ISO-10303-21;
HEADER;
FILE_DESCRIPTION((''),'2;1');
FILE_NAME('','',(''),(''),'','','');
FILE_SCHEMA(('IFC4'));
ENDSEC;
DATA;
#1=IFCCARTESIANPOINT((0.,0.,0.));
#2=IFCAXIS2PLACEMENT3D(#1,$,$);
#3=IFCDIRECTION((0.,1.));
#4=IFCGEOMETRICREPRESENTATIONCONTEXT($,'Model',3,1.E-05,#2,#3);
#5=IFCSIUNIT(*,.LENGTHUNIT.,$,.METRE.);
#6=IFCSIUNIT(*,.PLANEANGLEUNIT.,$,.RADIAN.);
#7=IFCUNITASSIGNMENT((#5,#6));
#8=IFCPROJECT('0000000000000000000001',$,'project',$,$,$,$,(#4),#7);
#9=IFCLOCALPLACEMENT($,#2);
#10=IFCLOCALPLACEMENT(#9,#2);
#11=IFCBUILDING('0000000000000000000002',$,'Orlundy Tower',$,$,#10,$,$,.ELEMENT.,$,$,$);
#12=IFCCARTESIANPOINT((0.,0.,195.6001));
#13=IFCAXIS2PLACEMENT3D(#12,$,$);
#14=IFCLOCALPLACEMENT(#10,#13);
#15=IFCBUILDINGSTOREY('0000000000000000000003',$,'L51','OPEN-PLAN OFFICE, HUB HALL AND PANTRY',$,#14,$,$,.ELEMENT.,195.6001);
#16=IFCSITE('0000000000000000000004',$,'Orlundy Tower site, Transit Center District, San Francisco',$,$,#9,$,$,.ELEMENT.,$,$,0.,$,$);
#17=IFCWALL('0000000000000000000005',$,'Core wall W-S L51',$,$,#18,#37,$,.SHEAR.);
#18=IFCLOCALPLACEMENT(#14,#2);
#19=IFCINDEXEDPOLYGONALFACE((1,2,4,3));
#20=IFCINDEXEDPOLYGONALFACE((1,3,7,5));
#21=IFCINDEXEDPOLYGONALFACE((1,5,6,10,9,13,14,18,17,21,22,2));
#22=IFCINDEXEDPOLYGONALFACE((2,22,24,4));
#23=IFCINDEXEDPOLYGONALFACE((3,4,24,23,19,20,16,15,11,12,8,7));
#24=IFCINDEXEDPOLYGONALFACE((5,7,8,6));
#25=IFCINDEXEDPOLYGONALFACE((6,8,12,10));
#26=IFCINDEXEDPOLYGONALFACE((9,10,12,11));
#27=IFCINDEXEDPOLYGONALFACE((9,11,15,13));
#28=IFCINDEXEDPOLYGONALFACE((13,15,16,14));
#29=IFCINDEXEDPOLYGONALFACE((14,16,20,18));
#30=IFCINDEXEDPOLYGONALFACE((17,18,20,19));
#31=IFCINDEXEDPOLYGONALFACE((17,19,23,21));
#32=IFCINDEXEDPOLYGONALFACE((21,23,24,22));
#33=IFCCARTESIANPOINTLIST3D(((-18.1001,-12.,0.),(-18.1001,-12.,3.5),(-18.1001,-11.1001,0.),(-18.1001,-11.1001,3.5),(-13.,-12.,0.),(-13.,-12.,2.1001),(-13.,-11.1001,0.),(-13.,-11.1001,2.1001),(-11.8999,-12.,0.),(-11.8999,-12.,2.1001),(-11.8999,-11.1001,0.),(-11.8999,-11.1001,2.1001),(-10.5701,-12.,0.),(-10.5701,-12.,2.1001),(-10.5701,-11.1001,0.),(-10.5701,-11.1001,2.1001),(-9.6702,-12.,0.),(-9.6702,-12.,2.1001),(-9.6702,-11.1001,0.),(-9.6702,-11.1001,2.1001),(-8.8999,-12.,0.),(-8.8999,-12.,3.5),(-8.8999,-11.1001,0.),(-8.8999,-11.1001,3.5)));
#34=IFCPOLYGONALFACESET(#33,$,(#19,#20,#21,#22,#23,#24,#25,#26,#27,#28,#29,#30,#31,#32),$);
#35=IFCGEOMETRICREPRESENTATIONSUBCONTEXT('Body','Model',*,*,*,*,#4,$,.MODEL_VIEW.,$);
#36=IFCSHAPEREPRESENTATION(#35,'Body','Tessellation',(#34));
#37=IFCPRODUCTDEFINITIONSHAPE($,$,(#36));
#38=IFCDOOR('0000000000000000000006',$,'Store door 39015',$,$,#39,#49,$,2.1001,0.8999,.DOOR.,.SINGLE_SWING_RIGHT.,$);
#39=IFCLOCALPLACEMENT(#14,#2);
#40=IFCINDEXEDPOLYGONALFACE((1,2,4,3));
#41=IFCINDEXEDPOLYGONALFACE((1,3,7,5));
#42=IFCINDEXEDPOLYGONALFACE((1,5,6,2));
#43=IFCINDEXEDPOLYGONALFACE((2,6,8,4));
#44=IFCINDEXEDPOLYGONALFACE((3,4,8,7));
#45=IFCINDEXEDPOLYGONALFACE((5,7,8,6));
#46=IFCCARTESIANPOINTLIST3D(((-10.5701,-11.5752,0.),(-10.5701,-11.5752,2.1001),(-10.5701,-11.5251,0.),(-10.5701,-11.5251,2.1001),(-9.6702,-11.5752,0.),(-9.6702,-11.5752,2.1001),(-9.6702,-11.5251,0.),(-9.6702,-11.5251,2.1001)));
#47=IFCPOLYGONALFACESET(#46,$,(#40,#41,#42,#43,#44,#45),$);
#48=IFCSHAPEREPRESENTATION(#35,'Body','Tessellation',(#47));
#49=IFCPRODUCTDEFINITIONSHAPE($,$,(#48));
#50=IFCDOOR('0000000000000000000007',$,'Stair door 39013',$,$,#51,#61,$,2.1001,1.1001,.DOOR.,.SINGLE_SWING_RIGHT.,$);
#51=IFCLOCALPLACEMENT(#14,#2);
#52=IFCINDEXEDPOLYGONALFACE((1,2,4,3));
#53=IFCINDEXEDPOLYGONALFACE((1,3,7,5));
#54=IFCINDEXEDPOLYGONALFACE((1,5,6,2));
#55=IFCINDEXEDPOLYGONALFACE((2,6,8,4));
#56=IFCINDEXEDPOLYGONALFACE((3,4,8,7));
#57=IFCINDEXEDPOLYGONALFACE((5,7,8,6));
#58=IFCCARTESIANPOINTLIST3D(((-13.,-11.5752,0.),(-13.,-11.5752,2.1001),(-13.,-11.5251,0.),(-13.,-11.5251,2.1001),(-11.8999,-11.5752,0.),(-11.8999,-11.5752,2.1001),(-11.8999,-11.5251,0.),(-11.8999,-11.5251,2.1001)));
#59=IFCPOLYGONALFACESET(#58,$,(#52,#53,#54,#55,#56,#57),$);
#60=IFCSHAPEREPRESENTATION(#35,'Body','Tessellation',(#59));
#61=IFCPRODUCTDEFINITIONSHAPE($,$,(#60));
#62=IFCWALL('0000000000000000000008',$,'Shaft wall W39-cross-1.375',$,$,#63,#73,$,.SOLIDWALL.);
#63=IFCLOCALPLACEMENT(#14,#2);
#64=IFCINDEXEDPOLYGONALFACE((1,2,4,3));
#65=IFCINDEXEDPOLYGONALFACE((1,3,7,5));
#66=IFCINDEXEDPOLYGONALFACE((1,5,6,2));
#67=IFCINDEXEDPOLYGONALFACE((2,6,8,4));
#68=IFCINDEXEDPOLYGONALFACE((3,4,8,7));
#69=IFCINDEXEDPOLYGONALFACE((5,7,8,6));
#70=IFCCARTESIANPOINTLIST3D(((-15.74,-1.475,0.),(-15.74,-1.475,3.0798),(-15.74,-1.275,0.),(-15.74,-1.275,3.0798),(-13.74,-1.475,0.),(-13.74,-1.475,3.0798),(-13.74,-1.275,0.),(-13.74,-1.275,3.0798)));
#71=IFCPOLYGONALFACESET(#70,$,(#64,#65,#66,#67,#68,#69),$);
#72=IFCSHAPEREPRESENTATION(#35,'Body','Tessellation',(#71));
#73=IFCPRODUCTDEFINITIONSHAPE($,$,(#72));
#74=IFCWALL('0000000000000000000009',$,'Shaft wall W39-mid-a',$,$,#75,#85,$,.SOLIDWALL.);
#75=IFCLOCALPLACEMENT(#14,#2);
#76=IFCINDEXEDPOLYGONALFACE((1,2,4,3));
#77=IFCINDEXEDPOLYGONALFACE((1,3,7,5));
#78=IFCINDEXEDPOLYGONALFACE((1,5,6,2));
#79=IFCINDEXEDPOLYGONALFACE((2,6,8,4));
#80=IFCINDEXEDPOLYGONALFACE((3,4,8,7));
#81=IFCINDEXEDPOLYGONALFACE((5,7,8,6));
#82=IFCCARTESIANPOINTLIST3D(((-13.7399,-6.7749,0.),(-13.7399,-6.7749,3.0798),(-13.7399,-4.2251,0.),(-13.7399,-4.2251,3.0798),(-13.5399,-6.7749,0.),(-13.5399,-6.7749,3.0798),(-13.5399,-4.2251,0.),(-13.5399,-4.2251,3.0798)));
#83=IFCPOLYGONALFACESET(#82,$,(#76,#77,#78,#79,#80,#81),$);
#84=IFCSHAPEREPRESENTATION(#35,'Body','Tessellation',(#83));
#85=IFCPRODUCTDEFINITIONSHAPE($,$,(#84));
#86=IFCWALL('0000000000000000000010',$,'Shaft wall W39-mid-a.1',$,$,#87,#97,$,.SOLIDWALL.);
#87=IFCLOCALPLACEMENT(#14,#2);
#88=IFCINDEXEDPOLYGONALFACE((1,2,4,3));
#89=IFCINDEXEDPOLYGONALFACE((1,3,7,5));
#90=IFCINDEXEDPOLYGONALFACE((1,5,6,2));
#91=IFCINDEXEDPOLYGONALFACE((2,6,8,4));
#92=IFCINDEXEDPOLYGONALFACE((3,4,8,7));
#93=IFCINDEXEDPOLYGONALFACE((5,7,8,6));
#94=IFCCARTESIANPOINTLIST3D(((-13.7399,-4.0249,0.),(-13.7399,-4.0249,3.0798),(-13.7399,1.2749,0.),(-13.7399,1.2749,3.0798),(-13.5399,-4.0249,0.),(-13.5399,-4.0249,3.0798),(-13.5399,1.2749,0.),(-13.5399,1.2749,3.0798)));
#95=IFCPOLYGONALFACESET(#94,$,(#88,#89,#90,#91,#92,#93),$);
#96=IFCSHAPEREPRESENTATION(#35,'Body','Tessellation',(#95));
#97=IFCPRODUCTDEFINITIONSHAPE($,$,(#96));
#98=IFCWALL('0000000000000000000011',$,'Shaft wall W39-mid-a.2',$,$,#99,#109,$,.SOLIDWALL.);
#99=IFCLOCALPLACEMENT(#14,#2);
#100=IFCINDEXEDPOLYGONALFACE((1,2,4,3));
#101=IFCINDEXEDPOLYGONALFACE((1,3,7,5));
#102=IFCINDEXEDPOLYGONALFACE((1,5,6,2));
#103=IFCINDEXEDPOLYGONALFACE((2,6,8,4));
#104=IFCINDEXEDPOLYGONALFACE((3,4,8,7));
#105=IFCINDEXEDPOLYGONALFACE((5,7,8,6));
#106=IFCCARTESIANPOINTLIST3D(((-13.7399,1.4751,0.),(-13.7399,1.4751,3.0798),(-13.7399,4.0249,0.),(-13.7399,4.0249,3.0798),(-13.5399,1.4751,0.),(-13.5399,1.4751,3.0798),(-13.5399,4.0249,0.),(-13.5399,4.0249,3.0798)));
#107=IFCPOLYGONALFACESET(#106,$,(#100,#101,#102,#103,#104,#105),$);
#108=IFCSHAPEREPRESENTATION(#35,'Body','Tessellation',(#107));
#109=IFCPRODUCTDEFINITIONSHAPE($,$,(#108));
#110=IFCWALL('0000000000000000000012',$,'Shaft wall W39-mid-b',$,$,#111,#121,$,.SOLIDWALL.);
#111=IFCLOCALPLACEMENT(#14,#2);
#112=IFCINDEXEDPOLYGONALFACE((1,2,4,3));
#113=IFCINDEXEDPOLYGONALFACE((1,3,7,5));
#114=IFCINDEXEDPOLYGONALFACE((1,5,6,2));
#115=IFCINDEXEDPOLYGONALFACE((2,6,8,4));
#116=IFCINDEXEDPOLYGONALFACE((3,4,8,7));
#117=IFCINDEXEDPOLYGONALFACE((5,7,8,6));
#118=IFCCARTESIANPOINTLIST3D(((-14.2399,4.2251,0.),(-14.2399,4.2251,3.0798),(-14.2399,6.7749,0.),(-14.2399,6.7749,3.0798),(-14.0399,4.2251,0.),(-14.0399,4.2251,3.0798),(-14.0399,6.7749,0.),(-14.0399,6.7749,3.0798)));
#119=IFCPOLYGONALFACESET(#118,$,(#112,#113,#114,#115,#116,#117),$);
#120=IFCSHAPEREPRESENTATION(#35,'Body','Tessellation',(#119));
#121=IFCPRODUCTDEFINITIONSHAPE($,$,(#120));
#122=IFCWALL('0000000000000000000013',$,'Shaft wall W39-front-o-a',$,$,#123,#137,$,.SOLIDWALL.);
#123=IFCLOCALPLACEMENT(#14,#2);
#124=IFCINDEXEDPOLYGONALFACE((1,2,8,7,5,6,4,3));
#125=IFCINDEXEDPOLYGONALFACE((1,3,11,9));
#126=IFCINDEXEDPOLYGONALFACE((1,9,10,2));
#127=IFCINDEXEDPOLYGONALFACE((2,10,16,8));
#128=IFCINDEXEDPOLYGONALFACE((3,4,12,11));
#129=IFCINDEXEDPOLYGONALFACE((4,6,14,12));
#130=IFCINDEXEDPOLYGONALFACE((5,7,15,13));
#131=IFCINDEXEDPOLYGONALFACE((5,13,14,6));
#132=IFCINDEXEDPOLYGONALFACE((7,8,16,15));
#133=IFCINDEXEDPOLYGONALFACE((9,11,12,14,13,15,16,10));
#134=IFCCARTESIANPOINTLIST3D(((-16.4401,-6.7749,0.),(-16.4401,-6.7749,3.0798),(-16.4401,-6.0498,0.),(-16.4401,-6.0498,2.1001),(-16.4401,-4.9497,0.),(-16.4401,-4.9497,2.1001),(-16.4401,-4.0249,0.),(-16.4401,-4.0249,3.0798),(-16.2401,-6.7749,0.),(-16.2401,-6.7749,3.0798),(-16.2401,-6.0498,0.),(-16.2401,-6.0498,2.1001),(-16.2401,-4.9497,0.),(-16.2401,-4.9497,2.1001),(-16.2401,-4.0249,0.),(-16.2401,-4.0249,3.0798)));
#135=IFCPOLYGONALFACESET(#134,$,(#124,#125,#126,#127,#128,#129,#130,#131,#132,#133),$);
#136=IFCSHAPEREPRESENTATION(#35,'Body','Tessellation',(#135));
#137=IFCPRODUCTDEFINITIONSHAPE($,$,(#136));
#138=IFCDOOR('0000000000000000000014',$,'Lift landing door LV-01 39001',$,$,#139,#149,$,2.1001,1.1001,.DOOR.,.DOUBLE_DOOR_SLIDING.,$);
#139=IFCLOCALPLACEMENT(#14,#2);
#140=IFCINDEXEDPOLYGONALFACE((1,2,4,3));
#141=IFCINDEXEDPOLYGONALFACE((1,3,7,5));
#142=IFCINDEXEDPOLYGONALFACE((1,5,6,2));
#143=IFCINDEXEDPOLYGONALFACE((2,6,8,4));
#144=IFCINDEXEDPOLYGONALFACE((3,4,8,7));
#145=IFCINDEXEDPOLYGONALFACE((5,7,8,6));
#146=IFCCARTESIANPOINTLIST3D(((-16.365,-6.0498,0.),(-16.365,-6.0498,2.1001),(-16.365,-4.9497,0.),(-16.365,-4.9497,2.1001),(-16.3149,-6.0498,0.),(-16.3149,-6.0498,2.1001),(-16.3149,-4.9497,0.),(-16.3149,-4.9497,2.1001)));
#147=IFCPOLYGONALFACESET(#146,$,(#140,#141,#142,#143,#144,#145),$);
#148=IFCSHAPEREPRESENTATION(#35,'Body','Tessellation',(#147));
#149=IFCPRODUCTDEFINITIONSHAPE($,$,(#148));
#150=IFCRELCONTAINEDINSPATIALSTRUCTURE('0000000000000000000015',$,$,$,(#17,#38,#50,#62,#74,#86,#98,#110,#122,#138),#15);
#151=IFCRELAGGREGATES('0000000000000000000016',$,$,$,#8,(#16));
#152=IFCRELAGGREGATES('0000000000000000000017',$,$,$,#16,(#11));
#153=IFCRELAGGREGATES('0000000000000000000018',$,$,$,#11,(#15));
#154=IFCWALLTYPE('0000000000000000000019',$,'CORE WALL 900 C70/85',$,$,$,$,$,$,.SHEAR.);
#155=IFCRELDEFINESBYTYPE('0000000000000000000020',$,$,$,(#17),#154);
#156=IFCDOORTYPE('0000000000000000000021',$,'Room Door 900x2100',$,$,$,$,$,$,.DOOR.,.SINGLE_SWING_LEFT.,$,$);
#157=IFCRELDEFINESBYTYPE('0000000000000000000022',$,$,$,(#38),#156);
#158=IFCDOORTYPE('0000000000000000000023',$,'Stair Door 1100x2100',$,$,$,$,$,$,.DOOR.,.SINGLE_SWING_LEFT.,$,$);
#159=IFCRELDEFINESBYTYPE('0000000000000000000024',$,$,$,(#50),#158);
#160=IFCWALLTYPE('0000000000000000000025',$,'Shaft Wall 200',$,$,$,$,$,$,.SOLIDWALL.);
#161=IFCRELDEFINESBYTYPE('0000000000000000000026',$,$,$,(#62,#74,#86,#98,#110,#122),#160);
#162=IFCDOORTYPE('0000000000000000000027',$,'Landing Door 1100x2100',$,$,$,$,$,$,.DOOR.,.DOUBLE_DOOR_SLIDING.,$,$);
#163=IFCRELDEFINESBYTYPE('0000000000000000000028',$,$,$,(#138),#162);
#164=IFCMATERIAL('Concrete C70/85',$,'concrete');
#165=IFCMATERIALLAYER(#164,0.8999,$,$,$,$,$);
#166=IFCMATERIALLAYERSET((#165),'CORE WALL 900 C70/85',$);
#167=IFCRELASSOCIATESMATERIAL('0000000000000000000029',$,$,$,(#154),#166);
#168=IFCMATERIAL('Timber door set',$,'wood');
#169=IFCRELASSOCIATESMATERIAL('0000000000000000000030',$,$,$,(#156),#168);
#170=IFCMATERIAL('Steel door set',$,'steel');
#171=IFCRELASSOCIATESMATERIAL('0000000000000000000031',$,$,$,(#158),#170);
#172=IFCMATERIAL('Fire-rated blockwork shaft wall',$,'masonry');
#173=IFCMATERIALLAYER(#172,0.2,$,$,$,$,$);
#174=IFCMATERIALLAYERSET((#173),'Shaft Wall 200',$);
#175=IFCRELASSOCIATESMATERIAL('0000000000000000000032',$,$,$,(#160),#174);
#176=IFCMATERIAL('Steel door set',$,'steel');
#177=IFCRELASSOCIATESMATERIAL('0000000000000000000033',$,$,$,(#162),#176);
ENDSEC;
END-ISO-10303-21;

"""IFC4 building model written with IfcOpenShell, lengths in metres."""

from ifc_helpers import new_model, si_unit, direction, frame, frame_2d, origin, place, context, subcontext, project, spatial, rectangle, extrude, material, layer, layer_set, type_object, element, fill, save


model = new_model("IFC4")

# Units and contexts
model_context = context("Model", 3, precision=1e-05, world=origin(), true_north=direction((0.0, 1.0)))
body_context = subcontext(model_context, "Body", "Model", "MODEL_VIEW")
ifc_project = project(units=[si_unit("LENGTHUNIT", "METRE"), si_unit("PLANEANGLEUNIT", "RADIAN")], contexts=[model_context])

# Site, building, storey
site_placement = place(None, origin())
site = spatial("IfcSite", under=ifc_project, at=site_placement, Name="Orlundy Tower site, Transit Center District, San Francisco", CompositionType="ELEMENT", RefElevation=0.0)
building_placement = place(site_placement, origin())
building = spatial("IfcBuilding", under=site, at=building_placement, Name="Orlundy Tower", CompositionType="ELEMENT")
storey_placement = place(building_placement, frame((0.0, 0.0, 195.6001)))
storey = spatial("IfcBuildingStorey", under=building, at=storey_placement, Name="L51", Description="OPEN-PLAN OFFICE, HUB HALL AND PANTRY", CompositionType="ELEMENT", Elevation=195.6001)

# Wall, openings, doors
ifc_material_1 = material(Name="Concrete C70/85", Category="concrete")
ifc_layer_1 = layer(ifc_material_1, 0.8999)
ifc_layer_set_1 = layer_set([ifc_layer_1], Name="CORE WALL 900 C70/85")
wall_type_1 = type_object("IfcWallType", Name="CORE WALL 900 C70/85", PredefinedType="SHEAR", material=ifc_layer_set_1)
wall_1_placement = place(storey_placement, frame((-18.1001, -11.55, 0.0), z_axis=(0.0, 0.0, 1.0), x_axis=(1.0, 0.0, 0.0)))
wall_1 = element("IfcWall", 1, at=wall_1_placement, inside=storey, type_object=wall_type_1, Name="Core wall W-S L51", PredefinedType="SHEAR", context=body_context, shape_type="SweptSolid", body=[
    extrude(rectangle(XDim=9.2002, YDim=0.8999, at=frame_2d((4.6001, 0.0))), origin(), (0.0, 0.0, 1.0), 3.5),
])
opening_1_placement = place(wall_1_placement, frame((5.1001, 0.0, 0.0)))
opening_1 = element("IfcOpeningElement", 2, at=opening_1_placement, cuts=wall_1, PredefinedType="OPENING", context=body_context, shape_type="SweptSolid", body=[
    extrude(rectangle(XDim=1.1001, YDim=2.1001, at=frame_2d((0.55, 1.05))), frame((0.0, 0.46, 0.0), z_axis=(0.0, -1.0, 0.0), x_axis=(1.0, 0.0, 0.0)), (0.0, 0.0, 1.0), 0.9199),
])
opening_2_placement = place(wall_1_placement, frame((7.53, 0.0, 0.0)))
opening_2 = element("IfcOpeningElement", 3, at=opening_2_placement, cuts=wall_1, PredefinedType="OPENING", context=body_context, shape_type="SweptSolid", body=[
    extrude(rectangle(XDim=0.8999, YDim=2.1001, at=frame_2d((0.45, 1.05))), frame((0.0, 0.46, 0.0), z_axis=(0.0, -1.0, 0.0), x_axis=(1.0, 0.0, 0.0)), (0.0, 0.0, 1.0), 0.9199),
])
ifc_material_2 = material(Name="Timber door set", Category="wood")
door_type_1 = type_object("IfcDoorType", Name="Room Door 900x2100", OperationType="SINGLE_SWING_LEFT", PredefinedType="DOOR", material=ifc_material_2)
door_1_placement = place(opening_2_placement, origin())
door_1 = element("IfcDoor", 4, at=door_1_placement, inside=storey, type_object=door_type_1, Name="Store door 39015", OperationType="SINGLE_SWING_RIGHT", OverallHeight=2.1001, OverallWidth=0.8999, PredefinedType="DOOR", context=body_context, shape_type="SweptSolid", body=[
    extrude(rectangle(XDim=0.8999, YDim=2.1001, at=frame_2d((0.45, 1.05))), frame((0.0, 0.0249, 0.0), z_axis=(0.0, -1.0, 0.0), x_axis=(1.0, 0.0, 0.0)), (0.0, 0.0, 1.0), 0.05),
])
fill(opening_2, door_1)
ifc_material_3 = material(Name="Steel door set", Category="steel")
door_type_2 = type_object("IfcDoorType", Name="Stair Door 1100x2100", OperationType="SINGLE_SWING_LEFT", PredefinedType="DOOR", material=ifc_material_3)
door_2_placement = place(opening_1_placement, origin())
door_2 = element("IfcDoor", 5, at=door_2_placement, inside=storey, type_object=door_type_2, Name="Stair door 39013", OperationType="SINGLE_SWING_RIGHT", OverallHeight=2.1001, OverallWidth=1.1001, PredefinedType="DOOR", context=body_context, shape_type="SweptSolid", body=[
    extrude(rectangle(XDim=1.1001, YDim=2.1001, at=frame_2d((0.55, 1.05))), frame((0.0, 0.0249, 0.0), z_axis=(0.0, -1.0, 0.0), x_axis=(1.0, 0.0, 0.0)), (0.0, 0.0, 1.0), 0.05),
])
fill(opening_1, door_2)

# Walls
ifc_material_4 = material(Name="Fire-rated blockwork shaft wall", Category="masonry")
ifc_layer_2 = layer(ifc_material_4, 0.2)
ifc_layer_set_2 = layer_set([ifc_layer_2], Name="Shaft Wall 200")
wall_type_2 = type_object("IfcWallType", Name="Shaft Wall 200", PredefinedType="SOLIDWALL", material=ifc_layer_set_2)
wall_2_placement = place(storey_placement, frame((-13.74, -1.375, 0.0), z_axis=(0.0, 0.0, 1.0), x_axis=(-1.0, 0.0, 0.0)))
element("IfcWall", 6, at=wall_2_placement, inside=storey, type_object=wall_type_2, Name="Shaft wall W39-cross-1.375", PredefinedType="SOLIDWALL", context=body_context, shape_type="SweptSolid", body=[
    extrude(rectangle(XDim=2.0, YDim=0.2, at=frame_2d((1.0, 0.0))), origin(), (0.0, 0.0, 1.0), 3.0798),
])
wall_3_placement = place(storey_placement, frame((-13.6399, -6.7749, 0.0), z_axis=(0.0, 0.0, 1.0), x_axis=(0.0, 1.0, 0.0)))
element("IfcWall", 7, at=wall_3_placement, inside=storey, type_object=wall_type_2, Name="Shaft wall W39-mid-a", PredefinedType="SOLIDWALL", context=body_context, shape_type="SweptSolid", body=[
    extrude(rectangle(XDim=2.5498, YDim=0.2, at=frame_2d((1.2749, 0.0))), origin(), (0.0, 0.0, 1.0), 3.0798),
])
wall_4_placement = place(storey_placement, frame((-13.6399, -4.0249, 0.0), z_axis=(0.0, 0.0, 1.0), x_axis=(0.0, 1.0, 0.0)))
element("IfcWall", 8, at=wall_4_placement, inside=storey, type_object=wall_type_2, Name="Shaft wall W39-mid-a.1", PredefinedType="SOLIDWALL", context=body_context, shape_type="SweptSolid", body=[
    extrude(rectangle(XDim=5.2998, YDim=0.2, at=frame_2d((2.6499, 0.0))), origin(), (0.0, 0.0, 1.0), 3.0798),
])
for number, where, z_axis, x_axis, name in (
    (9, (-13.6399, 1.4751, 0.0), (0.0, 0.0, 1.0), (0.0, 1.0, 0.0), "Shaft wall W39-mid-a.2"),
    (10, (-14.1399, 4.2251, 0.0), (0.0, 0.0, 1.0), (0.0, 1.0, 0.0), "Shaft wall W39-mid-b"),
):
    element("IfcWall", number, at=place(storey_placement, frame(where, z_axis=z_axis, x_axis=x_axis)), inside=storey, type_object=wall_type_2, Name=name, PredefinedType="SOLIDWALL", context=body_context, shape_type="SweptSolid", body=[
        extrude(rectangle(XDim=2.5498, YDim=0.2, at=frame_2d((1.2749, 0.0))), origin(), (0.0, 0.0, 1.0), 3.0798),
    ])

# Wall, opening, door
wall_5_placement = place(storey_placement, frame((-16.3401, -6.7749, 0.0), z_axis=(0.0, 0.0, 1.0), x_axis=(0.0, 1.0, 0.0)))
wall_5 = element("IfcWall", 11, at=wall_5_placement, inside=storey, type_object=wall_type_2, Name="Shaft wall W39-front-o-a", PredefinedType="SOLIDWALL", context=body_context, shape_type="SweptSolid", body=[
    extrude(rectangle(XDim=2.75, YDim=0.2, at=frame_2d((1.375, 0.0))), origin(), (0.0, 0.0, 1.0), 3.0798),
])
opening_3_placement = place(wall_5_placement, frame((0.7251, 0.0, 0.0)))
opening_3 = element("IfcOpeningElement", 12, at=opening_3_placement, cuts=wall_5, PredefinedType="OPENING", context=body_context, shape_type="SweptSolid", body=[
    extrude(rectangle(XDim=1.1001, YDim=2.1001, at=frame_2d((0.55, 1.05))), frame((0.0, 0.1101, 0.0), z_axis=(0.0, -1.0, 0.0), x_axis=(1.0, 0.0, 0.0)), (0.0, 0.0, 1.0), 0.2202),
])
ifc_material_5 = material(Name="Steel door set", Category="steel")
door_type_3 = type_object("IfcDoorType", Name="Landing Door 1100x2100", OperationType="DOUBLE_DOOR_SLIDING", PredefinedType="DOOR", material=ifc_material_5)
door_3_placement = place(opening_3_placement, origin())
door_3 = element("IfcDoor", 13, at=door_3_placement, inside=storey, type_object=door_type_3, Name="Lift landing door LV-01 39001", OperationType="DOUBLE_DOOR_SLIDING", OverallHeight=2.1001, OverallWidth=1.1001, PredefinedType="DOOR", context=body_context, shape_type="SweptSolid", body=[
    extrude(rectangle(XDim=1.1001, YDim=2.1001, at=frame_2d((0.55, 1.05))), frame((0.0, 0.0249, 0.0), z_axis=(0.0, -1.0, 0.0), x_axis=(1.0, 0.0, 0.0)), (0.0, 0.0, 1.0), 0.05),
])
fill(opening_3, door_3)

save(model, "model.ifc")
